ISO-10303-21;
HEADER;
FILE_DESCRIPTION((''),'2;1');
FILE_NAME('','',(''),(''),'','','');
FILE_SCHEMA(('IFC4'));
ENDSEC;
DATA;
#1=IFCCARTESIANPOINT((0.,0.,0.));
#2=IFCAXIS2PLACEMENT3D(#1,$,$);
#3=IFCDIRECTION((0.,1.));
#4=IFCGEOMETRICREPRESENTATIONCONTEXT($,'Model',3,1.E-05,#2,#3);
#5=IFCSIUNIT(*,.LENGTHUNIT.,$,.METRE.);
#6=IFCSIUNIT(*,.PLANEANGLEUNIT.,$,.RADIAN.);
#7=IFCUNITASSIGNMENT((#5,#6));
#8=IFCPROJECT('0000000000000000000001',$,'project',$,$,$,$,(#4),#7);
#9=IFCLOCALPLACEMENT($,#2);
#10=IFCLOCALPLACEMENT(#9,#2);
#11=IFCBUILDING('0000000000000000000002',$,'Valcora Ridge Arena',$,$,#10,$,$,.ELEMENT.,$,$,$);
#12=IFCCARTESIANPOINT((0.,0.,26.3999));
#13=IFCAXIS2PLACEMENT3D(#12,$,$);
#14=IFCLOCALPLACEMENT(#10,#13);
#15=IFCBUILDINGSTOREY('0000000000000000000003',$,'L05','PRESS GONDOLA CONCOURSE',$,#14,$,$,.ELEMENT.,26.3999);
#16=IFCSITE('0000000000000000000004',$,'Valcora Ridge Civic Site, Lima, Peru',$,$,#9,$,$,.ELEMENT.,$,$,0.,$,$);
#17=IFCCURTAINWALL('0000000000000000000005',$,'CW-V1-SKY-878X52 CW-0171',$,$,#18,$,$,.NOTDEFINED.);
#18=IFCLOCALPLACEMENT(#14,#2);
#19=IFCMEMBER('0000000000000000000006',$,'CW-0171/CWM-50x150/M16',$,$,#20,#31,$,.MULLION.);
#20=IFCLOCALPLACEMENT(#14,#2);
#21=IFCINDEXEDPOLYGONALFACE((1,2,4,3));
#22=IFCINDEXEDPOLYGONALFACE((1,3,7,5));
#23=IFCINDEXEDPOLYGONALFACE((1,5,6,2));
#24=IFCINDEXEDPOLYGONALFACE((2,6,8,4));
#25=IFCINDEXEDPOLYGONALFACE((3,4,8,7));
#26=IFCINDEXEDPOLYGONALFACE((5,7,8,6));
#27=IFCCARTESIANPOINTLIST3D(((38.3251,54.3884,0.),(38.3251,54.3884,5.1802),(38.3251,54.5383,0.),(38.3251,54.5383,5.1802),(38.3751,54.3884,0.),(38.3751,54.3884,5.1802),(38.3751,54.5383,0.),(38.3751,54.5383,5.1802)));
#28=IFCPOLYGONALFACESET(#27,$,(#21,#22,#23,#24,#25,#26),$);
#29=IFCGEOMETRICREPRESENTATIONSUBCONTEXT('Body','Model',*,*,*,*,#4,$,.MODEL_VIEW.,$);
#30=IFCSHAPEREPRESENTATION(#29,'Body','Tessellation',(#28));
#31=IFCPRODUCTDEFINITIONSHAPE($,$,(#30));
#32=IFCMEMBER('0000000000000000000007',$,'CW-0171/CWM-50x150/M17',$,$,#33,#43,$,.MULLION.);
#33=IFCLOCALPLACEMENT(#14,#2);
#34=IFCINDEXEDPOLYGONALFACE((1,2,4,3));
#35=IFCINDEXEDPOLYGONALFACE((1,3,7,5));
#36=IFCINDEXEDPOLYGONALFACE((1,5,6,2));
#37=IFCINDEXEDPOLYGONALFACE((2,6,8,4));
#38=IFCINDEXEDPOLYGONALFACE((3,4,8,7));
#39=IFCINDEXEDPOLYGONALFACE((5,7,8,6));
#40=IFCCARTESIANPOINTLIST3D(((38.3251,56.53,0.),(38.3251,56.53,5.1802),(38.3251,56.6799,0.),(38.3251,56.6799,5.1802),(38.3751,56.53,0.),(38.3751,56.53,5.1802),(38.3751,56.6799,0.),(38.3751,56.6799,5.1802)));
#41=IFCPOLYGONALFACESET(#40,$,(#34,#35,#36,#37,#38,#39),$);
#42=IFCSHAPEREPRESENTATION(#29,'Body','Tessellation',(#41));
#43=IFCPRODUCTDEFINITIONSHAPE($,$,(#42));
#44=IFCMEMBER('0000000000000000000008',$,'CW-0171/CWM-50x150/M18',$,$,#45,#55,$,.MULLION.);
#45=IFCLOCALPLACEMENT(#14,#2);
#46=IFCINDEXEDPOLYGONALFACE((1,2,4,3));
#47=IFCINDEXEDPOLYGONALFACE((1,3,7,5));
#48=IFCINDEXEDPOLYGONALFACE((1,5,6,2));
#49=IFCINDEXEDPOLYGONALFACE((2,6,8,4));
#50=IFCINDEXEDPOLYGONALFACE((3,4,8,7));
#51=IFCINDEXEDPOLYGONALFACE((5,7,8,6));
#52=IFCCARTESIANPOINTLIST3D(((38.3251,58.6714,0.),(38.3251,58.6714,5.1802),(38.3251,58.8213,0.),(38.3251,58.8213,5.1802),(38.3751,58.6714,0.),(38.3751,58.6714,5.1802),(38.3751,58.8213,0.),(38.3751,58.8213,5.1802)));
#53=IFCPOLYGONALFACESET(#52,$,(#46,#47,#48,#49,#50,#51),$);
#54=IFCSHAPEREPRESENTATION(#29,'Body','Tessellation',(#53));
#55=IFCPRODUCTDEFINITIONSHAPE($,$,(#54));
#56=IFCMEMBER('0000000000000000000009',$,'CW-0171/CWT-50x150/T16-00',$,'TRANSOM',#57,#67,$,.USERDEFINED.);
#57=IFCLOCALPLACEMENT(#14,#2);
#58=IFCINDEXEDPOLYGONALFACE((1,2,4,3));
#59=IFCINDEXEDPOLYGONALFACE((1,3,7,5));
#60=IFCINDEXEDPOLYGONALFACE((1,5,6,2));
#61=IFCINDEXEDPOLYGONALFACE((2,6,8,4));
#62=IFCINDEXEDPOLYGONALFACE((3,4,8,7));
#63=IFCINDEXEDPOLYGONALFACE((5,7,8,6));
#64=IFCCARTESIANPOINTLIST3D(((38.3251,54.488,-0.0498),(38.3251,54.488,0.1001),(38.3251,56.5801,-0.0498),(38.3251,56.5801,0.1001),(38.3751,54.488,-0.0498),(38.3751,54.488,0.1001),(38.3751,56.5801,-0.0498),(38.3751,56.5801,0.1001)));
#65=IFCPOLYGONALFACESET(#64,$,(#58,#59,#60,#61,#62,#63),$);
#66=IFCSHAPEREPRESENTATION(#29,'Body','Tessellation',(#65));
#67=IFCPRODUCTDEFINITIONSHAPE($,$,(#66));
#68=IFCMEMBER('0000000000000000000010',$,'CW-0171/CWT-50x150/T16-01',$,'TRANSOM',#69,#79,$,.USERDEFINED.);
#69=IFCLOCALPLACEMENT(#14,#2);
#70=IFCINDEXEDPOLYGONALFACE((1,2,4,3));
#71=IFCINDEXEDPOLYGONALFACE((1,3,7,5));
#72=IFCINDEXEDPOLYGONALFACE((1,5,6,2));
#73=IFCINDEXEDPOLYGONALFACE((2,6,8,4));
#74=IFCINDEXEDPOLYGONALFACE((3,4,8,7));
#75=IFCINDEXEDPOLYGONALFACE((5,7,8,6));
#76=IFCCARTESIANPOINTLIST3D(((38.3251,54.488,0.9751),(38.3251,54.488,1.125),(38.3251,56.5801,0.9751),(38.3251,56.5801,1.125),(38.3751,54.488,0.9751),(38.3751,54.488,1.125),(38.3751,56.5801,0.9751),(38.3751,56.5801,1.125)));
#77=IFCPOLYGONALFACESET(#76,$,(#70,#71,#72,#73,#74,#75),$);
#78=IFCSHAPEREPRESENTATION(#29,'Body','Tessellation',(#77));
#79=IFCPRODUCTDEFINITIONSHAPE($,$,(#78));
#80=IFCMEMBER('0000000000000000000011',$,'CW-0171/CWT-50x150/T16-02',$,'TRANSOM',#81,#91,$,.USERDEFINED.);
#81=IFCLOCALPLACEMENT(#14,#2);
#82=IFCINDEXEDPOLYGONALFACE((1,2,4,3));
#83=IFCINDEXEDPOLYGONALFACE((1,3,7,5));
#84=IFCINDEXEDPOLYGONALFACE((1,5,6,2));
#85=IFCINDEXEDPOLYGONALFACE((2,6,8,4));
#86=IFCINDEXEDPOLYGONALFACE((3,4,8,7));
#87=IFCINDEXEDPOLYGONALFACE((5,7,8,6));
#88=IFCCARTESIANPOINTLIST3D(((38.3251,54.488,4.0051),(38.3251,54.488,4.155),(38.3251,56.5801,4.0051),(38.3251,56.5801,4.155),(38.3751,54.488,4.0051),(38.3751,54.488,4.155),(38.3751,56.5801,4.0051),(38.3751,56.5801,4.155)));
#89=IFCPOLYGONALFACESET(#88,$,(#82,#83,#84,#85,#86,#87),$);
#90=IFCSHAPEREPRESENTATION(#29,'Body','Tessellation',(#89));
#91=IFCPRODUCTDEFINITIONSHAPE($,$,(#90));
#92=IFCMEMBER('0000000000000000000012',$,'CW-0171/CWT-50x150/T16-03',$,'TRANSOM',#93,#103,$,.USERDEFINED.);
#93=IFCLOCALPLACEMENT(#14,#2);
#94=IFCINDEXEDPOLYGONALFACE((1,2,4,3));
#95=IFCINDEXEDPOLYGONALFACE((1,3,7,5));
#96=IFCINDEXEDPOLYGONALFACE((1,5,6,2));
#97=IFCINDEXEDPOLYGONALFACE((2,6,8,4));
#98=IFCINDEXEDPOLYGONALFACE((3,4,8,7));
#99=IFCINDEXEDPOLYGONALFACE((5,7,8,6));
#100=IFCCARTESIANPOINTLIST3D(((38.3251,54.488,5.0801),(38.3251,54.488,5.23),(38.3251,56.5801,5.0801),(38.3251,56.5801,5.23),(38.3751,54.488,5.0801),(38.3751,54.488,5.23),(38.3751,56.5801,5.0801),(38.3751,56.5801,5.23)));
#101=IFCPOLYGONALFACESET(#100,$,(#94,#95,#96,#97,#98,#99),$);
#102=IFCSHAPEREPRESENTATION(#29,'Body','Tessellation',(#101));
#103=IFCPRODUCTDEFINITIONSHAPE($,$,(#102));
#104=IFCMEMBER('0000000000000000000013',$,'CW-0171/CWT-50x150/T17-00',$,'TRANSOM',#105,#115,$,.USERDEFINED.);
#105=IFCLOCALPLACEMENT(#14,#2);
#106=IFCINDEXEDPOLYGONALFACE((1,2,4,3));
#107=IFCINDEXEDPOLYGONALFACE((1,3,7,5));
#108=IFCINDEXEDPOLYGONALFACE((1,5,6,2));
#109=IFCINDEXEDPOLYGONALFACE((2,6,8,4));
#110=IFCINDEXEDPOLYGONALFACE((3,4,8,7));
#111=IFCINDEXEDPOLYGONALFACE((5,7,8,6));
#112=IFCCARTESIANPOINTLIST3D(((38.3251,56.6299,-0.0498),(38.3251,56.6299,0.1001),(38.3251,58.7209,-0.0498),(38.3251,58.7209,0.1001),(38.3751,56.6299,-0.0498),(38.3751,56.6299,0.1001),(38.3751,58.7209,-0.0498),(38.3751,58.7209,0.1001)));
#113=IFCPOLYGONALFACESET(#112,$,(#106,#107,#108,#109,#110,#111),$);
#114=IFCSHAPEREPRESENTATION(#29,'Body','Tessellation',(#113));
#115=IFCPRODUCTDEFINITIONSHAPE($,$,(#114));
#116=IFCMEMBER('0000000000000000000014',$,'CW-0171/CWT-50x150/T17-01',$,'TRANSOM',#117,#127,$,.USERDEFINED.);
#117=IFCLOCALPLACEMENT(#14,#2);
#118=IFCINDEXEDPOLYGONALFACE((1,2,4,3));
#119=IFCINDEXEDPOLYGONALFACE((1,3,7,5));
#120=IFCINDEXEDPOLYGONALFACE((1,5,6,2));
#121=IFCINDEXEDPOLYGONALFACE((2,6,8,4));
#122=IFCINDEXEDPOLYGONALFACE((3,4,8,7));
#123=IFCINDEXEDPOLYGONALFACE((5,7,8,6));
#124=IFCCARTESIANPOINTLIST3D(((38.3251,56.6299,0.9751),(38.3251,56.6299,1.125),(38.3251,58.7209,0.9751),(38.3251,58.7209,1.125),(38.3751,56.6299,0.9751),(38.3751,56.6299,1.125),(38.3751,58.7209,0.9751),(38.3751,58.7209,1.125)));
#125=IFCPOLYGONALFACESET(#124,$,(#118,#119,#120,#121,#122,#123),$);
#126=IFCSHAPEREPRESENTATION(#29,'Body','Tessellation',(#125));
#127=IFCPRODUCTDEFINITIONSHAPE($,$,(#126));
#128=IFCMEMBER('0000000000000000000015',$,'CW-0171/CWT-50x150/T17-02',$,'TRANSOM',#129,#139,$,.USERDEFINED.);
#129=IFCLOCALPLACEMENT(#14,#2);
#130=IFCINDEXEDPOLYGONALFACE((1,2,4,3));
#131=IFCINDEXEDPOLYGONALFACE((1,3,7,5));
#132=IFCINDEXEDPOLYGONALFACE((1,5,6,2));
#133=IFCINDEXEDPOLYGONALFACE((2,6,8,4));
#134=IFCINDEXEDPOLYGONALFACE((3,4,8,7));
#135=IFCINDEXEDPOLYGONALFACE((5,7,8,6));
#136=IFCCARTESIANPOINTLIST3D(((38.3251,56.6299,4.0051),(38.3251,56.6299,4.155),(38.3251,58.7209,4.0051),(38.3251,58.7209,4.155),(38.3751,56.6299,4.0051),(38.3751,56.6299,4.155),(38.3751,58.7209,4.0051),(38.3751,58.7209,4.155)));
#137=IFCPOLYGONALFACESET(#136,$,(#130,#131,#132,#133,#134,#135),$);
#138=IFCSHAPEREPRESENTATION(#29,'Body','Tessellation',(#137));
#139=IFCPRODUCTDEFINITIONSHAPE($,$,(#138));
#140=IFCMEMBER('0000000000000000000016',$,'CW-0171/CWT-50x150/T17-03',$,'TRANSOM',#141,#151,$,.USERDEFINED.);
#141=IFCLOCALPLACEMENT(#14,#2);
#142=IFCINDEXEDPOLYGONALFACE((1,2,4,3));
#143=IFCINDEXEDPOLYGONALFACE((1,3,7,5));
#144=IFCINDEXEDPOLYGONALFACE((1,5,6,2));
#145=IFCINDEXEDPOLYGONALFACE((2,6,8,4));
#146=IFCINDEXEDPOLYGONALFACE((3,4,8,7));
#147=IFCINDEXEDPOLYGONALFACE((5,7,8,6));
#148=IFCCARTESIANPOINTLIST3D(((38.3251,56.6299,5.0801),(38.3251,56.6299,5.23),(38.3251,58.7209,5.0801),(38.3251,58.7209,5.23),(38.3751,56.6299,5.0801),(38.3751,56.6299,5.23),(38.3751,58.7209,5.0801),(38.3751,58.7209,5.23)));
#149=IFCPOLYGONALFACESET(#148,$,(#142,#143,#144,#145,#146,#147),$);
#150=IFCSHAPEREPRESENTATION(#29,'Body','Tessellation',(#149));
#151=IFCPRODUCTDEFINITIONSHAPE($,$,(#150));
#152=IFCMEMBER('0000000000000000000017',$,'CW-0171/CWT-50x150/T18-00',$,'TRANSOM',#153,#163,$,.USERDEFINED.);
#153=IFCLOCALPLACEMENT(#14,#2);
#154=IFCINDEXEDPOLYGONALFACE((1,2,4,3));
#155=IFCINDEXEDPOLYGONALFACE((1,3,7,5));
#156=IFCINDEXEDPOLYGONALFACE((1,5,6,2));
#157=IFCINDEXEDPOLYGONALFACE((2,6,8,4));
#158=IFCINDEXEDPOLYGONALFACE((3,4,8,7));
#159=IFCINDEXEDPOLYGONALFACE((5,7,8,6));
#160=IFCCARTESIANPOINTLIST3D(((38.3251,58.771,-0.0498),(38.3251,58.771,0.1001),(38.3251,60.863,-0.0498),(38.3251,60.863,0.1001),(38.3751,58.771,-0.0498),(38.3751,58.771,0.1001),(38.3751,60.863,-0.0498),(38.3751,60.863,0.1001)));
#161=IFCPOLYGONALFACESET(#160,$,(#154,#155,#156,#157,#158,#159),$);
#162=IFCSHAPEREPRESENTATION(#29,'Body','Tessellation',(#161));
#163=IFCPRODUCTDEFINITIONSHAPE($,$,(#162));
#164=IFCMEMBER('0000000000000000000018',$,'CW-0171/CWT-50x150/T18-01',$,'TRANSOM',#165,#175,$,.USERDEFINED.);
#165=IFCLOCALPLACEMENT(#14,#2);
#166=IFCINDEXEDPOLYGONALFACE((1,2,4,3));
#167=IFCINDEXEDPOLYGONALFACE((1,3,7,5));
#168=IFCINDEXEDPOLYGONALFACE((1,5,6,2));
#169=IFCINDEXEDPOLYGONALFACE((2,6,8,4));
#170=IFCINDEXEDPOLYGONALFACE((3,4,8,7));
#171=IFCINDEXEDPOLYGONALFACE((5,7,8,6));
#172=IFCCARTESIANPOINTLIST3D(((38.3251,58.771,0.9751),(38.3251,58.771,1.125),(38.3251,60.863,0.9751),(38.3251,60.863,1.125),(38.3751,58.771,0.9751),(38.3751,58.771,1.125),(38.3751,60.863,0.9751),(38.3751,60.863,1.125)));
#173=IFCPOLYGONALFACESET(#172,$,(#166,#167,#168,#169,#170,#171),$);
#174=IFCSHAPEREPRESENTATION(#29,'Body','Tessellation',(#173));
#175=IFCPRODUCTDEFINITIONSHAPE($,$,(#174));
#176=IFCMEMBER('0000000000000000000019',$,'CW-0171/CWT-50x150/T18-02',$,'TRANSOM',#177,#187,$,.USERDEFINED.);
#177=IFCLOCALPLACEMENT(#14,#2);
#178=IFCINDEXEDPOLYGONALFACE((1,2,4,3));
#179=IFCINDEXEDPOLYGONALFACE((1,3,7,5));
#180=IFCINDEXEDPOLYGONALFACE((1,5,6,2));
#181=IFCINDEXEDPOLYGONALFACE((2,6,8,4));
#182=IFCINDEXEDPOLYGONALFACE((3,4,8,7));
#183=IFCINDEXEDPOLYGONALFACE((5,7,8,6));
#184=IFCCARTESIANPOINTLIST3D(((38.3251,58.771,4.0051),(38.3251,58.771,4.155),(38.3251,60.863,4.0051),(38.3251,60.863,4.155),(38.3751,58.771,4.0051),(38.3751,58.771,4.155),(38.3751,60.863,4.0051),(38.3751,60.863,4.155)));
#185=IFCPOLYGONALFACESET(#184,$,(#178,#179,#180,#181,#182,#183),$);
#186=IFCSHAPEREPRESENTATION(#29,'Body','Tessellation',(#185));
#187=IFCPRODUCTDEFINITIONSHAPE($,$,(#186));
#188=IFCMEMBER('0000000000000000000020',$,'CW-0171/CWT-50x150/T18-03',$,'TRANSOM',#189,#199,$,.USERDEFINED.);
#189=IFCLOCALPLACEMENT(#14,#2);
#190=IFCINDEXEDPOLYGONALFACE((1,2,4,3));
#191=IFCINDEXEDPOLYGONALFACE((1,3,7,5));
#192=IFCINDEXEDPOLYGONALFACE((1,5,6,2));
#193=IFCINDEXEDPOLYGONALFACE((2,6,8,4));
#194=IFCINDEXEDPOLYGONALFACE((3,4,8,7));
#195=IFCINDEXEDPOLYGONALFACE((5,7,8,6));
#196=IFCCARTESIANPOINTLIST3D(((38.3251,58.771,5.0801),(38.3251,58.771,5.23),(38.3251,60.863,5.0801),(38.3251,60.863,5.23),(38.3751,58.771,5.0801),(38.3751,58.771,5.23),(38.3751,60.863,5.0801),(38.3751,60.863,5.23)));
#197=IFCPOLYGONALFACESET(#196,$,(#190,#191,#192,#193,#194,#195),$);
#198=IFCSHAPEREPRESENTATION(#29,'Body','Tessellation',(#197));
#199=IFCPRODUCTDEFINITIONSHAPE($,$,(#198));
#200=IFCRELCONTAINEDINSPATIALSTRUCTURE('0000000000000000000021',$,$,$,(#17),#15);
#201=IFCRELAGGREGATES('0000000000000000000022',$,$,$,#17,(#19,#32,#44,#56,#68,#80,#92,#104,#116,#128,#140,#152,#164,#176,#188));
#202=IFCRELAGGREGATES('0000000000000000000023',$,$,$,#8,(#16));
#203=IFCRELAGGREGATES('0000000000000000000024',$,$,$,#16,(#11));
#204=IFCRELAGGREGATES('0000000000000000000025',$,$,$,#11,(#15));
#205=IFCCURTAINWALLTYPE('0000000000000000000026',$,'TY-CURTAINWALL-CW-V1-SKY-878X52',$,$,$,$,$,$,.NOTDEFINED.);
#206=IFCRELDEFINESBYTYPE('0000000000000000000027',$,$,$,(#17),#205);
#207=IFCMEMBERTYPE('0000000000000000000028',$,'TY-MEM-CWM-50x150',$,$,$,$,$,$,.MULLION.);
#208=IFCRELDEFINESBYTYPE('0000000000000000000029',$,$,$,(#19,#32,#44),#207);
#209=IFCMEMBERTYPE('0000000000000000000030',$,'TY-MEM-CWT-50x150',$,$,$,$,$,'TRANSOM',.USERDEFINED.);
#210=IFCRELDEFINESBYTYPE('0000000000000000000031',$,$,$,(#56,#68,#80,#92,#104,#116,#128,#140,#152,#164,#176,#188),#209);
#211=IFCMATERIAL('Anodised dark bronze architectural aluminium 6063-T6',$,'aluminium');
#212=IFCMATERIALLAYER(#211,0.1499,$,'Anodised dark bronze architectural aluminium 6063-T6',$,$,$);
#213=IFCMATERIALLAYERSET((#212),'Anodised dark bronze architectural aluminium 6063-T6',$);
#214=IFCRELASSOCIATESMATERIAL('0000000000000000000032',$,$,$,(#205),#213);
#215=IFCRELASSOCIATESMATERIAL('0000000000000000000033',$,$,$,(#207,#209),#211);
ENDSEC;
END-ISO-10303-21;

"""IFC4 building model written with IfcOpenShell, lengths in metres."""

from ifc_helpers import new_model, si_unit, direction, frame, origin, origin_2d, place, context, subcontext, project, spatial, rectangle, extrude, material, layer, layer_set, material_profile, profile_set, type_object, element, aggregate, save


model = new_model("IFC4")

# Units and contexts
model_context = context("Model", 3, precision=1e-05, world=origin(), true_north=direction((0.0, 1.0)))
body_context = subcontext(model_context, "Body", "Model", "MODEL_VIEW")
ifc_project = project(units=[si_unit("LENGTHUNIT", "METRE"), si_unit("PLANEANGLEUNIT", "RADIAN")], contexts=[model_context])

# Site, building, storey
site_placement = place(None, origin())
site = spatial("IfcSite", under=ifc_project, at=site_placement, Name="Valcora Ridge Civic Site, Lima, Peru", CompositionType="ELEMENT", RefElevation=0.0)
building_placement = place(site_placement, origin())
building = spatial("IfcBuilding", under=site, at=building_placement, Name="Valcora Ridge Arena", CompositionType="ELEMENT")
storey_placement = place(building_placement, frame((0.0, 0.0, 26.3999)))
storey = spatial("IfcBuildingStorey", under=building, at=storey_placement, Name="L05", Description="PRESS GONDOLA CONCOURSE", CompositionType="ELEMENT", Elevation=26.3999)

# Curtain wall, members
ifc_material_1 = material(Name="Anodised dark bronze architectural aluminium 6063-T6", Category="aluminium")
ifc_layer_1 = layer(ifc_material_1, 0.1499, Name="Anodised dark bronze architectural aluminium 6063-T6")
ifc_layer_set_1 = layer_set([ifc_layer_1], Name="Anodised dark bronze architectural aluminium 6063-T6")
curtain_wall_type = type_object("IfcCurtainWallType", Name="TY-CURTAINWALL-CW-V1-SKY-878X52", PredefinedType="NOTDEFINED", material=ifc_layer_set_1)
curtain_wall_placement = place(storey_placement, origin())
curtain_wall = element("IfcCurtainWall", 1, at=curtain_wall_placement, inside=storey, type_object=curtain_wall_type, Name="CW-V1-SKY-878X52 CW-0171", PredefinedType="NOTDEFINED")
ifc_material_profile_1 = material_profile(ifc_material_1, rectangle(XDim=0.05, YDim=0.1499, at=origin_2d()), Name="ALU MULLION 50x150")
ifc_profile_set_1 = profile_set([ifc_material_profile_1], Name="Anodised dark bronze architectural aluminium 6063-T6")
member_type_1 = type_object("IfcMemberType", Name="TY-MEM-CWM-50x150", PredefinedType="MULLION", material=ifc_profile_set_1)
member_1_placement = place(storey_placement, frame((38.3501, 54.4634, 0.0), z_axis=(0.0, 0.0, 1.0), x_axis=(-1.0, 0.0, 0.0)))
member_1 = element("IfcMember", 2, at=member_1_placement, type_object=member_type_1, Name="CW-0171/CWM-50x150/M16", PredefinedType="MULLION", context=body_context, shape_type="SweptSolid", body=[
    extrude(rectangle(XDim=0.05, YDim=0.1499, at=origin_2d()), origin(), (0.0, 0.0, 1.0), 5.1802),
])
member_2_placement = place(storey_placement, frame((38.3501, 56.605, 0.0), z_axis=(0.0, 0.0, 1.0), x_axis=(-1.0, 0.0, 0.0)))
member_2 = element("IfcMember", 3, at=member_2_placement, type_object=member_type_1, Name="CW-0171/CWM-50x150/M17", PredefinedType="MULLION", context=body_context, shape_type="SweptSolid", body=[
    extrude(rectangle(XDim=0.05, YDim=0.1499, at=origin_2d()), origin(), (0.0, 0.0, 1.0), 5.1802),
])
member_3_placement = place(storey_placement, frame((38.3501, 58.7463, 0.0), z_axis=(0.0, 0.0, 1.0), x_axis=(-1.0, 0.0, 0.0)))
member_3 = element("IfcMember", 4, at=member_3_placement, type_object=member_type_1, Name="CW-0171/CWM-50x150/M18", PredefinedType="MULLION", context=body_context, shape_type="SweptSolid", body=[
    extrude(rectangle(XDim=0.05, YDim=0.1499, at=origin_2d()), origin(), (0.0, 0.0, 1.0), 5.1802),
])
ifc_material_profile_2 = material_profile(ifc_material_1, rectangle(XDim=0.05, YDim=0.1499, at=origin_2d()), Name="ALU TRANSOM 50x150")
ifc_profile_set_2 = profile_set([ifc_material_profile_2], Name="Anodised dark bronze architectural aluminium 6063-T6")
member_type_2 = type_object("IfcMemberType", Name="TY-MEM-CWT-50x150", ElementType="TRANSOM", PredefinedType="USERDEFINED", material=ifc_profile_set_2)
member_4_placement = place(storey_placement, frame((38.3501, 54.488, 0.0251), z_axis=(0.0, 1.0, 0.0), x_axis=(-1.0, 0.0, 0.0)))
member_4 = element("IfcMember", 5, at=member_4_placement, type_object=member_type_2, Name="CW-0171/CWT-50x150/T16-00", ObjectType="TRANSOM", PredefinedType="USERDEFINED", context=body_context, shape_type="SweptSolid", body=[
    extrude(rectangle(XDim=0.05, YDim=0.1499, at=origin_2d()), origin(), (0.0, 0.0, 1.0), 2.092),
])
member_5_placement = place(storey_placement, frame((38.3501, 54.488, 1.05), z_axis=(0.0, 1.0, 0.0), x_axis=(-1.0, 0.0, 0.0)))
member_5 = element("IfcMember", 6, at=member_5_placement, type_object=member_type_2, Name="CW-0171/CWT-50x150/T16-01", ObjectType="TRANSOM", PredefinedType="USERDEFINED", context=body_context, shape_type="SweptSolid", body=[
    extrude(rectangle(XDim=0.05, YDim=0.1499, at=origin_2d()), origin(), (0.0, 0.0, 1.0), 2.092),
])
member_6_placement = place(storey_placement, frame((38.3501, 54.488, 4.0801), z_axis=(0.0, 1.0, 0.0), x_axis=(-1.0, 0.0, 0.0)))
member_6 = element("IfcMember", 7, at=member_6_placement, type_object=member_type_2, Name="CW-0171/CWT-50x150/T16-02", ObjectType="TRANSOM", PredefinedType="USERDEFINED", context=body_context, shape_type="SweptSolid", body=[
    extrude(rectangle(XDim=0.05, YDim=0.1499, at=origin_2d()), origin(), (0.0, 0.0, 1.0), 2.092),
])
member_7_placement = place(storey_placement, frame((38.3501, 54.488, 5.155), z_axis=(0.0, 1.0, 0.0), x_axis=(-1.0, 0.0, 0.0)))
member_7 = element("IfcMember", 8, at=member_7_placement, type_object=member_type_2, Name="CW-0171/CWT-50x150/T16-03", ObjectType="TRANSOM", PredefinedType="USERDEFINED", context=body_context, shape_type="SweptSolid", body=[
    extrude(rectangle(XDim=0.05, YDim=0.1499, at=origin_2d()), origin(), (0.0, 0.0, 1.0), 2.092),
])
member_8_placement = place(storey_placement, frame((38.3501, 56.6299, 0.0251), z_axis=(0.0, 1.0, 0.0), x_axis=(-1.0, 0.0, 0.0)))
member_8 = element("IfcMember", 9, at=member_8_placement, type_object=member_type_2, Name="CW-0171/CWT-50x150/T17-00", ObjectType="TRANSOM", PredefinedType="USERDEFINED", context=body_context, shape_type="SweptSolid", body=[
    extrude(rectangle(XDim=0.05, YDim=0.1499, at=origin_2d()), origin(), (0.0, 0.0, 1.0), 2.0911),
])
member_9_placement = place(storey_placement, frame((38.3501, 56.6299, 1.05), z_axis=(0.0, 1.0, 0.0), x_axis=(-1.0, 0.0, 0.0)))
member_9 = element("IfcMember", 10, at=member_9_placement, type_object=member_type_2, Name="CW-0171/CWT-50x150/T17-01", ObjectType="TRANSOM", PredefinedType="USERDEFINED", context=body_context, shape_type="SweptSolid", body=[
    extrude(rectangle(XDim=0.05, YDim=0.1499, at=origin_2d()), origin(), (0.0, 0.0, 1.0), 2.0911),
])
member_10_placement = place(storey_placement, frame((38.3501, 56.6299, 4.0801), z_axis=(0.0, 1.0, 0.0), x_axis=(-1.0, 0.0, 0.0)))
member_10 = element("IfcMember", 11, at=member_10_placement, type_object=member_type_2, Name="CW-0171/CWT-50x150/T17-02", ObjectType="TRANSOM", PredefinedType="USERDEFINED", context=body_context, shape_type="SweptSolid", body=[
    extrude(rectangle(XDim=0.05, YDim=0.1499, at=origin_2d()), origin(), (0.0, 0.0, 1.0), 2.0911),
])
member_11_placement = place(storey_placement, frame((38.3501, 56.6299, 5.155), z_axis=(0.0, 1.0, 0.0), x_axis=(-1.0, 0.0, 0.0)))
member_11 = element("IfcMember", 12, at=member_11_placement, type_object=member_type_2, Name="CW-0171/CWT-50x150/T17-03", ObjectType="TRANSOM", PredefinedType="USERDEFINED", context=body_context, shape_type="SweptSolid", body=[
    extrude(rectangle(XDim=0.05, YDim=0.1499, at=origin_2d()), origin(), (0.0, 0.0, 1.0), 2.0911),
])
member_12_placement = place(storey_placement, frame((38.3501, 58.771, 0.0251), z_axis=(0.0, 1.0, 0.0), x_axis=(-1.0, 0.0, 0.0)))
member_12 = element("IfcMember", 13, at=member_12_placement, type_object=member_type_2, Name="CW-0171/CWT-50x150/T18-00", ObjectType="TRANSOM", PredefinedType="USERDEFINED", context=body_context, shape_type="SweptSolid", body=[
    extrude(rectangle(XDim=0.05, YDim=0.1499, at=origin_2d()), origin(), (0.0, 0.0, 1.0), 2.092),
])
member_13_placement = place(storey_placement, frame((38.3501, 58.771, 1.05), z_axis=(0.0, 1.0, 0.0), x_axis=(-1.0, 0.0, 0.0)))
member_13 = element("IfcMember", 14, at=member_13_placement, type_object=member_type_2, Name="CW-0171/CWT-50x150/T18-01", ObjectType="TRANSOM", PredefinedType="USERDEFINED", context=body_context, shape_type="SweptSolid", body=[
    extrude(rectangle(XDim=0.05, YDim=0.1499, at=origin_2d()), origin(), (0.0, 0.0, 1.0), 2.092),
])
member_14_placement = place(storey_placement, frame((38.3501, 58.771, 4.0801), z_axis=(0.0, 1.0, 0.0), x_axis=(-1.0, 0.0, 0.0)))
member_14 = element("IfcMember", 15, at=member_14_placement, type_object=member_type_2, Name="CW-0171/CWT-50x150/T18-02", ObjectType="TRANSOM", PredefinedType="USERDEFINED", context=body_context, shape_type="SweptSolid", body=[
    extrude(rectangle(XDim=0.05, YDim=0.1499, at=origin_2d()), origin(), (0.0, 0.0, 1.0), 2.092),
])
member_15_placement = place(storey_placement, frame((38.3501, 58.771, 5.155), z_axis=(0.0, 1.0, 0.0), x_axis=(-1.0, 0.0, 0.0)))
member_15 = element("IfcMember", 16, at=member_15_placement, type_object=member_type_2, Name="CW-0171/CWT-50x150/T18-03", ObjectType="TRANSOM", PredefinedType="USERDEFINED", context=body_context, shape_type="SweptSolid", body=[
    extrude(rectangle(XDim=0.05, YDim=0.1499, at=origin_2d()), origin(), (0.0, 0.0, 1.0), 2.092),
])
aggregate(curtain_wall, [member_1, member_2, member_3, member_4, member_5, member_6, member_7, member_8, member_9, member_10, member_11, member_12, member_13, member_14, member_15])

save(model, "model.ifc")
